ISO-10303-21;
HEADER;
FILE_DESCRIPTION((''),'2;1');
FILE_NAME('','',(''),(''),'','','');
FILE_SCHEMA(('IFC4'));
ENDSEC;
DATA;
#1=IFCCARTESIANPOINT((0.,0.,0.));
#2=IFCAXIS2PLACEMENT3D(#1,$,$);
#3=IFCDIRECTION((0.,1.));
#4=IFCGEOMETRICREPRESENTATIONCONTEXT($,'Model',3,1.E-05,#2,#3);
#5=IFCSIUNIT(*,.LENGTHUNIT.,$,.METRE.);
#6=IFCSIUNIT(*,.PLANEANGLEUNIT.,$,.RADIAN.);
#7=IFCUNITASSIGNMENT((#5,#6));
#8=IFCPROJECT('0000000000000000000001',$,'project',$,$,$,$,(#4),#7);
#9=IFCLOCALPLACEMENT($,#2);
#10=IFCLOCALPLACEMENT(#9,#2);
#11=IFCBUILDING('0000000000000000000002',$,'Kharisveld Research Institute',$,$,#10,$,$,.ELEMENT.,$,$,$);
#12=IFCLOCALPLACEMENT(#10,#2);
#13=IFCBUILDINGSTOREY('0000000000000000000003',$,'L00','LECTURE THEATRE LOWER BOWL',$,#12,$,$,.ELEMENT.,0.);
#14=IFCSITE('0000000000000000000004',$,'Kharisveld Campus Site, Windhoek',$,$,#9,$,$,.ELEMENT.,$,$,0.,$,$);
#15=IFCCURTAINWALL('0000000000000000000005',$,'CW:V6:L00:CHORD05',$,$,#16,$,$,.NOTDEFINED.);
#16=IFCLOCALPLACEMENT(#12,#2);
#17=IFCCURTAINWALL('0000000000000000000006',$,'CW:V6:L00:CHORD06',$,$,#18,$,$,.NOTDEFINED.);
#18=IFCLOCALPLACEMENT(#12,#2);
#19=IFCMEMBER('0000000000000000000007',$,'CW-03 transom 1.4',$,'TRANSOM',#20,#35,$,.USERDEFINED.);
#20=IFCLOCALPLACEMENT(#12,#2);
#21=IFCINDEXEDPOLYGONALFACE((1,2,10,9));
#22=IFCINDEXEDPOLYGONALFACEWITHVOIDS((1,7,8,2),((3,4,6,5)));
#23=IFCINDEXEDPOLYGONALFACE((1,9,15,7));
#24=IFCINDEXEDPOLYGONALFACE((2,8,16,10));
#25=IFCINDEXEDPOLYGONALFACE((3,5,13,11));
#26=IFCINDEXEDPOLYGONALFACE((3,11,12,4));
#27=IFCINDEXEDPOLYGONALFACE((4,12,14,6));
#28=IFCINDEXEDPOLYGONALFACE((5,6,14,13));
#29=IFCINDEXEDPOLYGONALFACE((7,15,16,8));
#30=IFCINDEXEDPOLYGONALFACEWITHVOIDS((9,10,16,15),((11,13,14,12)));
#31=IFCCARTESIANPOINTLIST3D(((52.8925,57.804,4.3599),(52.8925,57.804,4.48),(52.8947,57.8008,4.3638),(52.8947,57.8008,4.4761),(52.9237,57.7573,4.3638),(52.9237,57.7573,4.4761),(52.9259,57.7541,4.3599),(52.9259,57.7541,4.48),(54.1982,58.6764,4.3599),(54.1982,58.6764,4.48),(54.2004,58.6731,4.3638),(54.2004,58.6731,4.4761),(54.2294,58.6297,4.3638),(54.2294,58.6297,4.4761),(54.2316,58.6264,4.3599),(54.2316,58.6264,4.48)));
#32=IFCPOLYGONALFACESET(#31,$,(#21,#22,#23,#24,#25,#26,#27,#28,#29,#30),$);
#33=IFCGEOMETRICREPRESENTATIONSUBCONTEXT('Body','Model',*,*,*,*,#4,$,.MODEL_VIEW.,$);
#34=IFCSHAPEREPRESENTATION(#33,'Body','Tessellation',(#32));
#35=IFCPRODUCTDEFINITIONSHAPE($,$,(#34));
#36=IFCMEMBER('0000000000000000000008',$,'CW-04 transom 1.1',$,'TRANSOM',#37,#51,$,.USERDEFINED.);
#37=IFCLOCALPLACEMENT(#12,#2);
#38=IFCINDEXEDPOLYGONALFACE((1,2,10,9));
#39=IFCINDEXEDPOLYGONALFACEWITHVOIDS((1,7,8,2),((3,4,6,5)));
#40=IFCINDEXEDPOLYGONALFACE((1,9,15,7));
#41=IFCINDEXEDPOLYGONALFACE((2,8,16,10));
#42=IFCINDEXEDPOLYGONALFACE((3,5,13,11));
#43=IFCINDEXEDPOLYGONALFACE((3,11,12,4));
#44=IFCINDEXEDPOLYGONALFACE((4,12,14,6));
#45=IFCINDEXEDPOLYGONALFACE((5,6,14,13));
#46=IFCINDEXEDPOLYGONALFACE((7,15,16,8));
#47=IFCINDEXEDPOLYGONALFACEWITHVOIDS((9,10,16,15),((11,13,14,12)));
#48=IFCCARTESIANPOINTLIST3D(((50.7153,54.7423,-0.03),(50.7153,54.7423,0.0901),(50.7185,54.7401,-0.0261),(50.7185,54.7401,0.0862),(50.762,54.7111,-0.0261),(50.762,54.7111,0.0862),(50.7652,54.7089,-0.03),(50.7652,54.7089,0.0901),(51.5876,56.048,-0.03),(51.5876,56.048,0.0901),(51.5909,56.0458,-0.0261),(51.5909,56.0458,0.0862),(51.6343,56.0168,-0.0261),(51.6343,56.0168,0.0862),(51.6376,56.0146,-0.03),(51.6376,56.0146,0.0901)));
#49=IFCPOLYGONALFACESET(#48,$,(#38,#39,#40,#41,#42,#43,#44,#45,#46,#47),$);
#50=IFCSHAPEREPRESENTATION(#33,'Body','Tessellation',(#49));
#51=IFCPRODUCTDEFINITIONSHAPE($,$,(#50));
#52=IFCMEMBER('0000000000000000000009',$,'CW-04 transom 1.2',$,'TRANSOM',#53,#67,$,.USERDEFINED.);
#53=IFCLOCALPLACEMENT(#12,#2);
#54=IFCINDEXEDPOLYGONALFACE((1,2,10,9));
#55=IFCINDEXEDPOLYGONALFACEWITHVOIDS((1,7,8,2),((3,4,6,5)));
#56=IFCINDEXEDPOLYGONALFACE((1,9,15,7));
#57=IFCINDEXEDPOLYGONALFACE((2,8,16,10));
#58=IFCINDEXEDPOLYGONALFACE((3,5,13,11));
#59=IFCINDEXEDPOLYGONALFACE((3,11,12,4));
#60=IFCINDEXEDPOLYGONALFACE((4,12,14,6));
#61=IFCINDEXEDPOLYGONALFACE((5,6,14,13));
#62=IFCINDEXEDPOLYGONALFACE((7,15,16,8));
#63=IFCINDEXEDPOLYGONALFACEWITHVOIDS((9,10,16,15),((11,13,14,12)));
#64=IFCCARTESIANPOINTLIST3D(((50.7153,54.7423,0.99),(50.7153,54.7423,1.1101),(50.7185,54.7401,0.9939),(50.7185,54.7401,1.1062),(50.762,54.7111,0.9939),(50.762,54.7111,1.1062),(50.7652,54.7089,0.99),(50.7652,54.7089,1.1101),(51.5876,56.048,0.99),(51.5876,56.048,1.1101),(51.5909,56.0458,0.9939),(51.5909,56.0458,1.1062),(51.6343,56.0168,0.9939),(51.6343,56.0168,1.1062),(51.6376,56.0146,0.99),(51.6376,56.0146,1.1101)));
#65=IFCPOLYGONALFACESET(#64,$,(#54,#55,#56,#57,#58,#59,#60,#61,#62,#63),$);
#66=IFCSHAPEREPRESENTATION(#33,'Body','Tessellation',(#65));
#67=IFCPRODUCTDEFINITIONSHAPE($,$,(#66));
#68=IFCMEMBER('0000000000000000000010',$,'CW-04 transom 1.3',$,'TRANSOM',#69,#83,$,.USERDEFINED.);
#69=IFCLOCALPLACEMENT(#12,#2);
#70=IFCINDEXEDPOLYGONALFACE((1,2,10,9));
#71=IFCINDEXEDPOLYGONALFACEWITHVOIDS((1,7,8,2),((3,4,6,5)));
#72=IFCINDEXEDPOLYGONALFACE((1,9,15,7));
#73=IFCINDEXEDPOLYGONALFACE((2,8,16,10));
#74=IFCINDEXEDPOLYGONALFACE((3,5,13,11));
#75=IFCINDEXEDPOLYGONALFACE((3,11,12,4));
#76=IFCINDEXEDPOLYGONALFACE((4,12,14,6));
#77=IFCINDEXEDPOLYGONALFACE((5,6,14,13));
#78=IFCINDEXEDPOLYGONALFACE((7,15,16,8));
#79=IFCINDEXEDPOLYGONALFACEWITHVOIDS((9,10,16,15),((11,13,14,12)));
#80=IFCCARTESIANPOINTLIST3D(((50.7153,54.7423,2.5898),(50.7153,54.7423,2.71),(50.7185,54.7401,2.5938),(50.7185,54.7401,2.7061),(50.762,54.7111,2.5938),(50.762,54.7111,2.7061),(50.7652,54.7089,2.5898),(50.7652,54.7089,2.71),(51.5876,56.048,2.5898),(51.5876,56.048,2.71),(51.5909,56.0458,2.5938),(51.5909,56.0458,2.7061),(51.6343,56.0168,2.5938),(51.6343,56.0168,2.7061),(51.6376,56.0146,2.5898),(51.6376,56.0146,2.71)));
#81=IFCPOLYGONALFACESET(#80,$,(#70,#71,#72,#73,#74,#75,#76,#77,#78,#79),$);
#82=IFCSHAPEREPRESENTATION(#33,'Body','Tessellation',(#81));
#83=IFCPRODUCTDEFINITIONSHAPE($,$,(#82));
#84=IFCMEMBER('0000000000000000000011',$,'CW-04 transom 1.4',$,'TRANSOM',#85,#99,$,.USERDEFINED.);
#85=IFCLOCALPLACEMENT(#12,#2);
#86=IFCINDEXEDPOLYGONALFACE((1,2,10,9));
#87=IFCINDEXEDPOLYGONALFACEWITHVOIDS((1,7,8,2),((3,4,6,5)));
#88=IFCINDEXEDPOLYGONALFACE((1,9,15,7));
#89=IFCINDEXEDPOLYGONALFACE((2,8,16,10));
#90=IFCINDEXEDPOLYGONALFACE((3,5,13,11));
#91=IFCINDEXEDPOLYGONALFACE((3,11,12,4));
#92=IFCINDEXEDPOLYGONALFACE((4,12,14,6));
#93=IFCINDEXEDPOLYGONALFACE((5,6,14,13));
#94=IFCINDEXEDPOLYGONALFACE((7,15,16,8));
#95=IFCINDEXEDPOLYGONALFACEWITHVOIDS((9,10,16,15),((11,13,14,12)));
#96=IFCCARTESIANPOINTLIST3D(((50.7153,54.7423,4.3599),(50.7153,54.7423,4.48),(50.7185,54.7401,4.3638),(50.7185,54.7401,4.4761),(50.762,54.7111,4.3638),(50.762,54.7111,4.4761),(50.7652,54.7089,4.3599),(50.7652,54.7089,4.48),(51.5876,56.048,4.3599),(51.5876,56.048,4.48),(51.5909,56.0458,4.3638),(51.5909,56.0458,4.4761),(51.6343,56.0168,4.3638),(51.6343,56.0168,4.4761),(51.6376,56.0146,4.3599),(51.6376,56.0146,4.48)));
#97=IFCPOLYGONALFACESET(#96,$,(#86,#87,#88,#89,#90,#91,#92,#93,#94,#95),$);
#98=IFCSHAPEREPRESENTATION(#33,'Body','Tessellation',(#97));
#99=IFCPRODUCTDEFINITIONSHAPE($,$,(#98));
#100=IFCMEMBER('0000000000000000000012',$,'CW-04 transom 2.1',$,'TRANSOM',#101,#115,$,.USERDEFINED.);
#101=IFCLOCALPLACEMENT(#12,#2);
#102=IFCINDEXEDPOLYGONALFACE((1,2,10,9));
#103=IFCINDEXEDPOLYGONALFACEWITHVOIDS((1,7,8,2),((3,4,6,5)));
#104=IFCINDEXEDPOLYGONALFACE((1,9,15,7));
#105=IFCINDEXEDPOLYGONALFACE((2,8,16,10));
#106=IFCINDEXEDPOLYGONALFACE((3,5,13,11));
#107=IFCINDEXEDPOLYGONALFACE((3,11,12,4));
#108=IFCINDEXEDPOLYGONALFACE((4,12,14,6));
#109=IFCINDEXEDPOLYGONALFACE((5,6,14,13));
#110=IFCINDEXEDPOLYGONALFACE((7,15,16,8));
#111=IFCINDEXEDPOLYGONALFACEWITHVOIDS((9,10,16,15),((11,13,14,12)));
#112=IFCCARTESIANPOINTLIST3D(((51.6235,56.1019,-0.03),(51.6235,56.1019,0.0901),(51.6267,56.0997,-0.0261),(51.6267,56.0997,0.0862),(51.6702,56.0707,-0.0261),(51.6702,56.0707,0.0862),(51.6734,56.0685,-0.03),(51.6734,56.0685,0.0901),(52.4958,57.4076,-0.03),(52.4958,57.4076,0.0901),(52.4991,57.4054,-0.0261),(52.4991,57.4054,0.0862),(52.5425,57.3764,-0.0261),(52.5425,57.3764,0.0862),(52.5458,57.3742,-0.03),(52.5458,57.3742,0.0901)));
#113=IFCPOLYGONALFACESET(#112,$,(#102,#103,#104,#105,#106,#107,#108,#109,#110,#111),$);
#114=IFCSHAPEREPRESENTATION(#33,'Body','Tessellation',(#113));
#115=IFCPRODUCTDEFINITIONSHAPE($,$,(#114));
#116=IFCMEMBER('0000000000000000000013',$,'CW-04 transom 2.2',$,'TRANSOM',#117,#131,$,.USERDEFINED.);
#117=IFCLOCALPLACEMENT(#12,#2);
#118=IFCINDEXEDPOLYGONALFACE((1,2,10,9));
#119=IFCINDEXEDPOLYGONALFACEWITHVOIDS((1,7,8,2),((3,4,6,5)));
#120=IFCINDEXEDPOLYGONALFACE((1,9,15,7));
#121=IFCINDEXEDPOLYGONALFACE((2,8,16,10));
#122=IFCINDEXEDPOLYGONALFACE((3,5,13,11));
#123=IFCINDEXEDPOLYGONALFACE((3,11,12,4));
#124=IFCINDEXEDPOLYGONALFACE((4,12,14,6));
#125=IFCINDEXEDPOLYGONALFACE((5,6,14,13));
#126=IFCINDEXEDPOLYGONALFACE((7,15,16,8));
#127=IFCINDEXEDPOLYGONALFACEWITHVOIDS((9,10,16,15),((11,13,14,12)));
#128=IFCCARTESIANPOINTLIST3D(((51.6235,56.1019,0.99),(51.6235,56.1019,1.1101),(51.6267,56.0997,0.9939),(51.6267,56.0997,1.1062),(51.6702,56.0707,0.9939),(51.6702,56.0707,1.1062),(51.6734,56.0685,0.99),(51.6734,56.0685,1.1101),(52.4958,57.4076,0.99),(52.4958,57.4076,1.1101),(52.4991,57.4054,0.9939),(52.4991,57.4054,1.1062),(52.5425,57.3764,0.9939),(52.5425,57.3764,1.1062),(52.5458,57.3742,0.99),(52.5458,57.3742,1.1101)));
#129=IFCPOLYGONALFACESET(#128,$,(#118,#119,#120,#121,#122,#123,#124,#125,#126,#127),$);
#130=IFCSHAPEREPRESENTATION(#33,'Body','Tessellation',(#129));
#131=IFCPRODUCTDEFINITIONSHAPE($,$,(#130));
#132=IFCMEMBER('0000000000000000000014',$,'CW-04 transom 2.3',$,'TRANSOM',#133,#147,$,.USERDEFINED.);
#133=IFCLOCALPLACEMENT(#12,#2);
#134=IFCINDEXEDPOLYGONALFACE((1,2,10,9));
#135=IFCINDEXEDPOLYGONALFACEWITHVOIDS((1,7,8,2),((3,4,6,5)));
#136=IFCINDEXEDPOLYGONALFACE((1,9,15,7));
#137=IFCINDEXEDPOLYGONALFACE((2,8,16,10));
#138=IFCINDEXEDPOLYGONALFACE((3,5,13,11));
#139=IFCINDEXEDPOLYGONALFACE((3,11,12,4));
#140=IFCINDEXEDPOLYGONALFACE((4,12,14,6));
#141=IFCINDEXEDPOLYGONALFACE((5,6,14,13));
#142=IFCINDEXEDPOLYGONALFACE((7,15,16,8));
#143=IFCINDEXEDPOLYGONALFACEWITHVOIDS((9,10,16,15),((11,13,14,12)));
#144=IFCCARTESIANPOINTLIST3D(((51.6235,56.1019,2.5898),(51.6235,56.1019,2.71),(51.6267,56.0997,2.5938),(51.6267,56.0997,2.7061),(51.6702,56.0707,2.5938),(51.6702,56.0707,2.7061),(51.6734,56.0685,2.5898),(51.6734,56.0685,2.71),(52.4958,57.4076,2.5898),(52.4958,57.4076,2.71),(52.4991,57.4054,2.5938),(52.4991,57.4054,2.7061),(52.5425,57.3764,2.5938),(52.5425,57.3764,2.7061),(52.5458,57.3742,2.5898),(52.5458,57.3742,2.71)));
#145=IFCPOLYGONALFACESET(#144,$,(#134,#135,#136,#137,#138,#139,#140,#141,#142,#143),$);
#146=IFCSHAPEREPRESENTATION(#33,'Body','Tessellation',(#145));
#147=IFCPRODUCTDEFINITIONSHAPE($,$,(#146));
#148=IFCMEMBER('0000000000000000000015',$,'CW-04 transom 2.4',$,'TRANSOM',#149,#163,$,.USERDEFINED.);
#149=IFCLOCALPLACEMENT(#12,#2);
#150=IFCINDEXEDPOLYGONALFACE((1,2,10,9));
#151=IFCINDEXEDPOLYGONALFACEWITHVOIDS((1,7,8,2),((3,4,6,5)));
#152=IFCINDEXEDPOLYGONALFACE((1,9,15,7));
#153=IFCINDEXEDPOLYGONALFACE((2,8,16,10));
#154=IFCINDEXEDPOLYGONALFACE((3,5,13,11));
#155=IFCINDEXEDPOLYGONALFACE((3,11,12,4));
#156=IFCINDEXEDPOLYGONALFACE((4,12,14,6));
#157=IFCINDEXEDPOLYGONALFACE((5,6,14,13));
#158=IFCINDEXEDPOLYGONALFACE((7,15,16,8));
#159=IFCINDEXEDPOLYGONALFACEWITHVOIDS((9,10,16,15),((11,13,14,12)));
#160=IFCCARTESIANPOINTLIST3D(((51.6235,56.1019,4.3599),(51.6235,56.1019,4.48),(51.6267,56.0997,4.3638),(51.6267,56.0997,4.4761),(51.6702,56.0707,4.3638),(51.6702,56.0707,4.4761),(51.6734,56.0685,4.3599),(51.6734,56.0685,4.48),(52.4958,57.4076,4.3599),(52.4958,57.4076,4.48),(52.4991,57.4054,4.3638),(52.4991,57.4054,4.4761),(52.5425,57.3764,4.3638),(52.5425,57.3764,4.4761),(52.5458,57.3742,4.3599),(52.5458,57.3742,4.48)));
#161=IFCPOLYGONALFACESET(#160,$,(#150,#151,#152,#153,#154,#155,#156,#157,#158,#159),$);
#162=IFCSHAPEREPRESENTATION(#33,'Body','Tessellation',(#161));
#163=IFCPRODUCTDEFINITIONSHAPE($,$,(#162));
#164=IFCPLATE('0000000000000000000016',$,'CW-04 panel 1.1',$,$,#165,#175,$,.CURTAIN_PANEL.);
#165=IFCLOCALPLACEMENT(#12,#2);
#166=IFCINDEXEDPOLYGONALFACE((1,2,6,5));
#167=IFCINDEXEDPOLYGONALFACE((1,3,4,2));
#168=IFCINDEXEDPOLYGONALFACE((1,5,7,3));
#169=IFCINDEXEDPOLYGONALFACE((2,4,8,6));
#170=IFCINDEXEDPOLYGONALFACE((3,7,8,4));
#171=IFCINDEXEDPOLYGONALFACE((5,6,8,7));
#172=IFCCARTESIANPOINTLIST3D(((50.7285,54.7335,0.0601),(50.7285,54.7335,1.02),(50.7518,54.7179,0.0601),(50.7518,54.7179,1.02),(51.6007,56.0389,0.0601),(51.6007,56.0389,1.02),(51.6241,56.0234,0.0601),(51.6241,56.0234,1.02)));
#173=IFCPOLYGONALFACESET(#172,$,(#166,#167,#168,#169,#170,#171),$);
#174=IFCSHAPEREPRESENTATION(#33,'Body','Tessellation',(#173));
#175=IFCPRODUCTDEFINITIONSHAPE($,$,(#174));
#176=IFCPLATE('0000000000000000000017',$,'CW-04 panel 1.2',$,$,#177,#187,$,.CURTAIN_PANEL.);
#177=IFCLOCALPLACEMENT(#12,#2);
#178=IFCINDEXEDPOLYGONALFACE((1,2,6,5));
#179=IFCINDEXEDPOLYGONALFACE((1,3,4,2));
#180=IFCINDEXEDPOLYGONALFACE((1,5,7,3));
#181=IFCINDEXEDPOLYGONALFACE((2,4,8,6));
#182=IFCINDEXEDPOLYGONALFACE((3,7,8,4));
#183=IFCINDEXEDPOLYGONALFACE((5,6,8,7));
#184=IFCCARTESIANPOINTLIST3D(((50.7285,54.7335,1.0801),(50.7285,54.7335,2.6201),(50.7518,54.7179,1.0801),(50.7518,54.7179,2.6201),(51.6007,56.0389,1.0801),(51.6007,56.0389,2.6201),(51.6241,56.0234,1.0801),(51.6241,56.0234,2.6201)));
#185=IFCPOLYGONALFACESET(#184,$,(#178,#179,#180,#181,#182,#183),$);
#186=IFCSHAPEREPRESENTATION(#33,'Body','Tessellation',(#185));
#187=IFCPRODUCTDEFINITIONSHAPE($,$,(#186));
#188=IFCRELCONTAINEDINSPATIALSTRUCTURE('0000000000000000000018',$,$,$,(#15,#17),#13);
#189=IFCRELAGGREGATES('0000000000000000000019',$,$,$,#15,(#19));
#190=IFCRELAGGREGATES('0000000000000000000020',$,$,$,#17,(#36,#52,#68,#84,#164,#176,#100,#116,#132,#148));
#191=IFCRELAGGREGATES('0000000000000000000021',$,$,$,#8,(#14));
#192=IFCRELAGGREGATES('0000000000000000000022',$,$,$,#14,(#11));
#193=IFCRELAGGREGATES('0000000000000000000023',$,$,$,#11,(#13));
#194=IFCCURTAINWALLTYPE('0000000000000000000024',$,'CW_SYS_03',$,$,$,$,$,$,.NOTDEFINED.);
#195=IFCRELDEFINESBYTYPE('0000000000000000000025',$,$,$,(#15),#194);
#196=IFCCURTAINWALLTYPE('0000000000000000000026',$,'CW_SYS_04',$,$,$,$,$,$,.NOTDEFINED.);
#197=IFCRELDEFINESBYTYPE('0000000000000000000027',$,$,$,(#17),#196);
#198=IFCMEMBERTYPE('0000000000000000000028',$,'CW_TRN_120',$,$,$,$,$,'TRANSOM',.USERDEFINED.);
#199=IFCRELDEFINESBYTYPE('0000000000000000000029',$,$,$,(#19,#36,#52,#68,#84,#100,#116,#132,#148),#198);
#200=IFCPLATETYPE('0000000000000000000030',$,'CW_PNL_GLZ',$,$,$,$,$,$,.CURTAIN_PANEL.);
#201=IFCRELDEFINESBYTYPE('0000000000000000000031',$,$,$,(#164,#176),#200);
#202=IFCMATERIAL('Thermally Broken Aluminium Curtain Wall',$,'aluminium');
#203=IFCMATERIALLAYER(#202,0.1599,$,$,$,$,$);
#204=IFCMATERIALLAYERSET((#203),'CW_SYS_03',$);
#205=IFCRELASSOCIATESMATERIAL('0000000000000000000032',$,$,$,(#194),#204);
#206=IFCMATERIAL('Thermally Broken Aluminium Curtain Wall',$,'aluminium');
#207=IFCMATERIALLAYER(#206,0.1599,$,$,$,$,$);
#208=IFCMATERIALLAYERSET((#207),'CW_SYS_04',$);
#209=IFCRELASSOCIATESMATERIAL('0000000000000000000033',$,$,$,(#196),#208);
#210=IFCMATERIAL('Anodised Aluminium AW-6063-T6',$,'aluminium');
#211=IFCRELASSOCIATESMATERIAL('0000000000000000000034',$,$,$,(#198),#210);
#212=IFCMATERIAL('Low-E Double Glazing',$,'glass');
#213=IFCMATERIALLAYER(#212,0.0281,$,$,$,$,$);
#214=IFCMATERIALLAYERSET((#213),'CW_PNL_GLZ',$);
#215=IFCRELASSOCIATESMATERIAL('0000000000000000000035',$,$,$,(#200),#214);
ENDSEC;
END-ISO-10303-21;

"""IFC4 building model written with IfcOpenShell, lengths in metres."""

from ifc_helpers import new_model, si_unit, direction, frame, origin, origin_2d, place, context, subcontext, project, spatial, rectangle, hollow_rectangle, extrude, material, layer, layer_set, material_profile, profile_set, type_object, element, aggregate, save


model = new_model("IFC4")

# Units and contexts
model_context = context("Model", 3, precision=1e-05, world=origin(), true_north=direction((0.0, 1.0)))
body_context = subcontext(model_context, "Body", "Model", "MODEL_VIEW")
ifc_project = project(units=[si_unit("LENGTHUNIT", "METRE"), si_unit("PLANEANGLEUNIT", "RADIAN")], contexts=[model_context])

# Site, building, storey
site_placement = place(None, origin())
site = spatial("IfcSite", under=ifc_project, at=site_placement, Name="Kharisveld Campus Site, Windhoek", CompositionType="ELEMENT", RefElevation=0.0)
building_placement = place(site_placement, origin())
building = spatial("IfcBuilding", under=site, at=building_placement, Name="Kharisveld Research Institute", CompositionType="ELEMENT")
storey_placement = place(building_placement, origin())
storey = spatial("IfcBuildingStorey", under=building, at=storey_placement, Name="L00", Description="LECTURE THEATRE LOWER BOWL", CompositionType="ELEMENT", Elevation=0.0)

# Curtain wall
ifc_material_1 = material(Name="Thermally Broken Aluminium Curtain Wall", Category="aluminium")
ifc_layer_1 = layer(ifc_material_1, 0.1599)
ifc_layer_set_1 = layer_set([ifc_layer_1], Name="CW_SYS_03")
curtain_wall_type_1 = type_object("IfcCurtainWallType", Name="CW_SYS_03", PredefinedType="NOTDEFINED", material=ifc_layer_set_1)
curtain_wall_1_placement = place(storey_placement, origin())
curtain_wall_1 = element("IfcCurtainWall", 1, at=curtain_wall_1_placement, inside=storey, type_object=curtain_wall_type_1, Name="CW:V6:L00:CHORD05", PredefinedType="NOTDEFINED")

# Curtain wall
ifc_material_2 = material(Name="Thermally Broken Aluminium Curtain Wall", Category="aluminium")
ifc_layer_2 = layer(ifc_material_2, 0.1599)
ifc_layer_set_2 = layer_set([ifc_layer_2], Name="CW_SYS_04")
curtain_wall_type_2 = type_object("IfcCurtainWallType", Name="CW_SYS_04", PredefinedType="NOTDEFINED", material=ifc_layer_set_2)
curtain_wall_2_placement = place(storey_placement, origin())
curtain_wall_2 = element("IfcCurtainWall", 2, at=curtain_wall_2_placement, inside=storey, type_object=curtain_wall_type_2, Name="CW:V6:L00:CHORD06", PredefinedType="NOTDEFINED")

# Members
ifc_material_3 = material(Name="Anodised Aluminium AW-6063-T6", Category="aluminium")
ifc_material_profile_1 = material_profile(ifc_material_3, hollow_rectangle(XDim=0.0601, YDim=0.1201, WallThickness=0.0039, at=origin_2d()))
ifc_profile_set_1 = profile_set([ifc_material_profile_1], Name="Anodised Aluminium AW-6063-T6")
member_type_1 = type_object("IfcMemberType", Name="CW_TRN_120", ElementType="TRANSOM", PredefinedType="USERDEFINED", material=ifc_profile_set_1)
member_1_placement = place(storey_placement, frame((52.9092, 57.7791, 4.4199), z_axis=(0.8315, 0.555525, 0.0), x_axis=(-0.555525, 0.8315, 0.0)))
member_1 = element("IfcMember", 3, at=member_1_placement, type_object=member_type_1, Name="CW-03 transom 1.4", ObjectType="TRANSOM", PredefinedType="USERDEFINED", context=body_context, shape_type="SweptSolid", body=[
    extrude(hollow_rectangle(XDim=0.0601, YDim=0.1201, WallThickness=0.0039, at=origin_2d()), origin(), (0.0, 0.0, 1.0), 1.5703),
])
aggregate(curtain_wall_1, [member_1])
member_2_placement = place(storey_placement, frame((50.7402, 54.7256, 0.03), z_axis=(0.555525, 0.8315, 0.0), x_axis=(-0.8315, 0.555525, 0.0)))
member_2 = element("IfcMember", 4, at=member_2_placement, type_object=member_type_1, Name="CW-04 transom 1.1", ObjectType="TRANSOM", PredefinedType="USERDEFINED", context=body_context, shape_type="SweptSolid", body=[
    extrude(hollow_rectangle(XDim=0.0601, YDim=0.1201, WallThickness=0.0039, at=origin_2d()), origin(), (0.0, 0.0, 1.0), 1.5703),
])
member_3_placement = place(storey_placement, frame((50.7402, 54.7256, 1.05), z_axis=(0.555525, 0.8315, 0.0), x_axis=(-0.8315, 0.555525, 0.0)))
member_3 = element("IfcMember", 5, at=member_3_placement, type_object=member_type_1, Name="CW-04 transom 1.2", ObjectType="TRANSOM", PredefinedType="USERDEFINED", context=body_context, shape_type="SweptSolid", body=[
    extrude(hollow_rectangle(XDim=0.0601, YDim=0.1201, WallThickness=0.0039, at=origin_2d()), origin(), (0.0, 0.0, 1.0), 1.5703),
])
member_4_placement = place(storey_placement, frame((50.7402, 54.7256, 2.6499), z_axis=(0.555525, 0.8315, 0.0), x_axis=(-0.8315, 0.555525, 0.0)))
member_4 = element("IfcMember", 6, at=member_4_placement, type_object=member_type_1, Name="CW-04 transom 1.3", ObjectType="TRANSOM", PredefinedType="USERDEFINED", context=body_context, shape_type="SweptSolid", body=[
    extrude(hollow_rectangle(XDim=0.0601, YDim=0.1201, WallThickness=0.0039, at=origin_2d()), origin(), (0.0, 0.0, 1.0), 1.5703),
])
member_5_placement = place(storey_placement, frame((50.7402, 54.7256, 4.4199), z_axis=(0.555525, 0.8315, 0.0), x_axis=(-0.8315, 0.555525, 0.0)))
member_5 = element("IfcMember", 7, at=member_5_placement, type_object=member_type_1, Name="CW-04 transom 1.4", ObjectType="TRANSOM", PredefinedType="USERDEFINED", context=body_context, shape_type="SweptSolid", body=[
    extrude(hollow_rectangle(XDim=0.0601, YDim=0.1201, WallThickness=0.0039, at=origin_2d()), origin(), (0.0, 0.0, 1.0), 1.5703),
])
member_6_placement = place(storey_placement, frame((51.6484, 56.0852, 0.03), z_axis=(0.555525, 0.8315, 0.0), x_axis=(-0.8315, 0.555525, 0.0)))
member_6 = element("IfcMember", 8, at=member_6_placement, type_object=member_type_1, Name="CW-04 transom 2.1", ObjectType="TRANSOM", PredefinedType="USERDEFINED", context=body_context, shape_type="SweptSolid", body=[
    extrude(hollow_rectangle(XDim=0.0601, YDim=0.1201, WallThickness=0.0039, at=origin_2d()), origin(), (0.0, 0.0, 1.0), 1.5703),
])
member_7_placement = place(storey_placement, frame((51.6484, 56.0852, 1.05), z_axis=(0.555525, 0.8315, 0.0), x_axis=(-0.8315, 0.555525, 0.0)))
member_7 = element("IfcMember", 9, at=member_7_placement, type_object=member_type_1, Name="CW-04 transom 2.2", ObjectType="TRANSOM", PredefinedType="USERDEFINED", context=body_context, shape_type="SweptSolid", body=[
    extrude(hollow_rectangle(XDim=0.0601, YDim=0.1201, WallThickness=0.0039, at=origin_2d()), origin(), (0.0, 0.0, 1.0), 1.5703),
])
member_8_placement = place(storey_placement, frame((51.6484, 56.0852, 2.6499), z_axis=(0.555525, 0.8315, 0.0), x_axis=(-0.8315, 0.555525, 0.0)))
member_8 = element("IfcMember", 10, at=member_8_placement, type_object=member_type_1, Name="CW-04 transom 2.3", ObjectType="TRANSOM", PredefinedType="USERDEFINED", context=body_context, shape_type="SweptSolid", body=[
    extrude(hollow_rectangle(XDim=0.0601, YDim=0.1201, WallThickness=0.0039, at=origin_2d()), origin(), (0.0, 0.0, 1.0), 1.5703),
])
member_9_placement = place(storey_placement, frame((51.6484, 56.0852, 4.4199), z_axis=(0.555525, 0.8315, 0.0), x_axis=(-0.8315, 0.555525, 0.0)))
member_9 = element("IfcMember", 11, at=member_9_placement, type_object=member_type_1, Name="CW-04 transom 2.4", ObjectType="TRANSOM", PredefinedType="USERDEFINED", context=body_context, shape_type="SweptSolid", body=[
    extrude(hollow_rectangle(XDim=0.0601, YDim=0.1201, WallThickness=0.0039, at=origin_2d()), origin(), (0.0, 0.0, 1.0), 1.5703),
])

# Plates
ifc_material_4 = material(Name="Low-E Double Glazing", Category="glass")
ifc_layer_3 = layer(ifc_material_4, 0.0281)
ifc_layer_set_3 = layer_set([ifc_layer_3], Name="CW_PNL_GLZ")
plate_type = type_object("IfcPlateType", Name="CW_PNL_GLZ", PredefinedType="CURTAIN_PANEL", material=ifc_layer_set_3)
plate_1_placement = place(storey_placement, frame((51.1763, 55.3784, 0.0601), z_axis=(0.0, 0.0, 1.0), x_axis=(0.55557, 0.83147, 0.0)))
plate_1 = element("IfcPlate", 12, at=plate_1_placement, type_object=plate_type, Name="CW-04 panel 1.1", PredefinedType="CURTAIN_PANEL", context=body_context, shape_type="SweptSolid", body=[
    extrude(rectangle(XDim=1.5701, YDim=0.0281, at=origin_2d()), origin(), (0.0, 0.0, 1.0), 0.96),
])
plate_2_placement = place(storey_placement, frame((51.1763, 55.3784, 1.0801), z_axis=(0.0, 0.0, 1.0), x_axis=(0.55557, 0.83147, 0.0)))
plate_2 = element("IfcPlate", 13, at=plate_2_placement, type_object=plate_type, Name="CW-04 panel 1.2", PredefinedType="CURTAIN_PANEL", context=body_context, shape_type="SweptSolid", body=[
    extrude(rectangle(XDim=1.5701, YDim=0.0281, at=origin_2d()), origin(), (0.0, 0.0, 1.0), 1.54),
])
aggregate(curtain_wall_2, [member_2, member_3, member_4, member_5, plate_1, plate_2, member_6, member_7, member_8, member_9])

save(model, "model.ifc")
